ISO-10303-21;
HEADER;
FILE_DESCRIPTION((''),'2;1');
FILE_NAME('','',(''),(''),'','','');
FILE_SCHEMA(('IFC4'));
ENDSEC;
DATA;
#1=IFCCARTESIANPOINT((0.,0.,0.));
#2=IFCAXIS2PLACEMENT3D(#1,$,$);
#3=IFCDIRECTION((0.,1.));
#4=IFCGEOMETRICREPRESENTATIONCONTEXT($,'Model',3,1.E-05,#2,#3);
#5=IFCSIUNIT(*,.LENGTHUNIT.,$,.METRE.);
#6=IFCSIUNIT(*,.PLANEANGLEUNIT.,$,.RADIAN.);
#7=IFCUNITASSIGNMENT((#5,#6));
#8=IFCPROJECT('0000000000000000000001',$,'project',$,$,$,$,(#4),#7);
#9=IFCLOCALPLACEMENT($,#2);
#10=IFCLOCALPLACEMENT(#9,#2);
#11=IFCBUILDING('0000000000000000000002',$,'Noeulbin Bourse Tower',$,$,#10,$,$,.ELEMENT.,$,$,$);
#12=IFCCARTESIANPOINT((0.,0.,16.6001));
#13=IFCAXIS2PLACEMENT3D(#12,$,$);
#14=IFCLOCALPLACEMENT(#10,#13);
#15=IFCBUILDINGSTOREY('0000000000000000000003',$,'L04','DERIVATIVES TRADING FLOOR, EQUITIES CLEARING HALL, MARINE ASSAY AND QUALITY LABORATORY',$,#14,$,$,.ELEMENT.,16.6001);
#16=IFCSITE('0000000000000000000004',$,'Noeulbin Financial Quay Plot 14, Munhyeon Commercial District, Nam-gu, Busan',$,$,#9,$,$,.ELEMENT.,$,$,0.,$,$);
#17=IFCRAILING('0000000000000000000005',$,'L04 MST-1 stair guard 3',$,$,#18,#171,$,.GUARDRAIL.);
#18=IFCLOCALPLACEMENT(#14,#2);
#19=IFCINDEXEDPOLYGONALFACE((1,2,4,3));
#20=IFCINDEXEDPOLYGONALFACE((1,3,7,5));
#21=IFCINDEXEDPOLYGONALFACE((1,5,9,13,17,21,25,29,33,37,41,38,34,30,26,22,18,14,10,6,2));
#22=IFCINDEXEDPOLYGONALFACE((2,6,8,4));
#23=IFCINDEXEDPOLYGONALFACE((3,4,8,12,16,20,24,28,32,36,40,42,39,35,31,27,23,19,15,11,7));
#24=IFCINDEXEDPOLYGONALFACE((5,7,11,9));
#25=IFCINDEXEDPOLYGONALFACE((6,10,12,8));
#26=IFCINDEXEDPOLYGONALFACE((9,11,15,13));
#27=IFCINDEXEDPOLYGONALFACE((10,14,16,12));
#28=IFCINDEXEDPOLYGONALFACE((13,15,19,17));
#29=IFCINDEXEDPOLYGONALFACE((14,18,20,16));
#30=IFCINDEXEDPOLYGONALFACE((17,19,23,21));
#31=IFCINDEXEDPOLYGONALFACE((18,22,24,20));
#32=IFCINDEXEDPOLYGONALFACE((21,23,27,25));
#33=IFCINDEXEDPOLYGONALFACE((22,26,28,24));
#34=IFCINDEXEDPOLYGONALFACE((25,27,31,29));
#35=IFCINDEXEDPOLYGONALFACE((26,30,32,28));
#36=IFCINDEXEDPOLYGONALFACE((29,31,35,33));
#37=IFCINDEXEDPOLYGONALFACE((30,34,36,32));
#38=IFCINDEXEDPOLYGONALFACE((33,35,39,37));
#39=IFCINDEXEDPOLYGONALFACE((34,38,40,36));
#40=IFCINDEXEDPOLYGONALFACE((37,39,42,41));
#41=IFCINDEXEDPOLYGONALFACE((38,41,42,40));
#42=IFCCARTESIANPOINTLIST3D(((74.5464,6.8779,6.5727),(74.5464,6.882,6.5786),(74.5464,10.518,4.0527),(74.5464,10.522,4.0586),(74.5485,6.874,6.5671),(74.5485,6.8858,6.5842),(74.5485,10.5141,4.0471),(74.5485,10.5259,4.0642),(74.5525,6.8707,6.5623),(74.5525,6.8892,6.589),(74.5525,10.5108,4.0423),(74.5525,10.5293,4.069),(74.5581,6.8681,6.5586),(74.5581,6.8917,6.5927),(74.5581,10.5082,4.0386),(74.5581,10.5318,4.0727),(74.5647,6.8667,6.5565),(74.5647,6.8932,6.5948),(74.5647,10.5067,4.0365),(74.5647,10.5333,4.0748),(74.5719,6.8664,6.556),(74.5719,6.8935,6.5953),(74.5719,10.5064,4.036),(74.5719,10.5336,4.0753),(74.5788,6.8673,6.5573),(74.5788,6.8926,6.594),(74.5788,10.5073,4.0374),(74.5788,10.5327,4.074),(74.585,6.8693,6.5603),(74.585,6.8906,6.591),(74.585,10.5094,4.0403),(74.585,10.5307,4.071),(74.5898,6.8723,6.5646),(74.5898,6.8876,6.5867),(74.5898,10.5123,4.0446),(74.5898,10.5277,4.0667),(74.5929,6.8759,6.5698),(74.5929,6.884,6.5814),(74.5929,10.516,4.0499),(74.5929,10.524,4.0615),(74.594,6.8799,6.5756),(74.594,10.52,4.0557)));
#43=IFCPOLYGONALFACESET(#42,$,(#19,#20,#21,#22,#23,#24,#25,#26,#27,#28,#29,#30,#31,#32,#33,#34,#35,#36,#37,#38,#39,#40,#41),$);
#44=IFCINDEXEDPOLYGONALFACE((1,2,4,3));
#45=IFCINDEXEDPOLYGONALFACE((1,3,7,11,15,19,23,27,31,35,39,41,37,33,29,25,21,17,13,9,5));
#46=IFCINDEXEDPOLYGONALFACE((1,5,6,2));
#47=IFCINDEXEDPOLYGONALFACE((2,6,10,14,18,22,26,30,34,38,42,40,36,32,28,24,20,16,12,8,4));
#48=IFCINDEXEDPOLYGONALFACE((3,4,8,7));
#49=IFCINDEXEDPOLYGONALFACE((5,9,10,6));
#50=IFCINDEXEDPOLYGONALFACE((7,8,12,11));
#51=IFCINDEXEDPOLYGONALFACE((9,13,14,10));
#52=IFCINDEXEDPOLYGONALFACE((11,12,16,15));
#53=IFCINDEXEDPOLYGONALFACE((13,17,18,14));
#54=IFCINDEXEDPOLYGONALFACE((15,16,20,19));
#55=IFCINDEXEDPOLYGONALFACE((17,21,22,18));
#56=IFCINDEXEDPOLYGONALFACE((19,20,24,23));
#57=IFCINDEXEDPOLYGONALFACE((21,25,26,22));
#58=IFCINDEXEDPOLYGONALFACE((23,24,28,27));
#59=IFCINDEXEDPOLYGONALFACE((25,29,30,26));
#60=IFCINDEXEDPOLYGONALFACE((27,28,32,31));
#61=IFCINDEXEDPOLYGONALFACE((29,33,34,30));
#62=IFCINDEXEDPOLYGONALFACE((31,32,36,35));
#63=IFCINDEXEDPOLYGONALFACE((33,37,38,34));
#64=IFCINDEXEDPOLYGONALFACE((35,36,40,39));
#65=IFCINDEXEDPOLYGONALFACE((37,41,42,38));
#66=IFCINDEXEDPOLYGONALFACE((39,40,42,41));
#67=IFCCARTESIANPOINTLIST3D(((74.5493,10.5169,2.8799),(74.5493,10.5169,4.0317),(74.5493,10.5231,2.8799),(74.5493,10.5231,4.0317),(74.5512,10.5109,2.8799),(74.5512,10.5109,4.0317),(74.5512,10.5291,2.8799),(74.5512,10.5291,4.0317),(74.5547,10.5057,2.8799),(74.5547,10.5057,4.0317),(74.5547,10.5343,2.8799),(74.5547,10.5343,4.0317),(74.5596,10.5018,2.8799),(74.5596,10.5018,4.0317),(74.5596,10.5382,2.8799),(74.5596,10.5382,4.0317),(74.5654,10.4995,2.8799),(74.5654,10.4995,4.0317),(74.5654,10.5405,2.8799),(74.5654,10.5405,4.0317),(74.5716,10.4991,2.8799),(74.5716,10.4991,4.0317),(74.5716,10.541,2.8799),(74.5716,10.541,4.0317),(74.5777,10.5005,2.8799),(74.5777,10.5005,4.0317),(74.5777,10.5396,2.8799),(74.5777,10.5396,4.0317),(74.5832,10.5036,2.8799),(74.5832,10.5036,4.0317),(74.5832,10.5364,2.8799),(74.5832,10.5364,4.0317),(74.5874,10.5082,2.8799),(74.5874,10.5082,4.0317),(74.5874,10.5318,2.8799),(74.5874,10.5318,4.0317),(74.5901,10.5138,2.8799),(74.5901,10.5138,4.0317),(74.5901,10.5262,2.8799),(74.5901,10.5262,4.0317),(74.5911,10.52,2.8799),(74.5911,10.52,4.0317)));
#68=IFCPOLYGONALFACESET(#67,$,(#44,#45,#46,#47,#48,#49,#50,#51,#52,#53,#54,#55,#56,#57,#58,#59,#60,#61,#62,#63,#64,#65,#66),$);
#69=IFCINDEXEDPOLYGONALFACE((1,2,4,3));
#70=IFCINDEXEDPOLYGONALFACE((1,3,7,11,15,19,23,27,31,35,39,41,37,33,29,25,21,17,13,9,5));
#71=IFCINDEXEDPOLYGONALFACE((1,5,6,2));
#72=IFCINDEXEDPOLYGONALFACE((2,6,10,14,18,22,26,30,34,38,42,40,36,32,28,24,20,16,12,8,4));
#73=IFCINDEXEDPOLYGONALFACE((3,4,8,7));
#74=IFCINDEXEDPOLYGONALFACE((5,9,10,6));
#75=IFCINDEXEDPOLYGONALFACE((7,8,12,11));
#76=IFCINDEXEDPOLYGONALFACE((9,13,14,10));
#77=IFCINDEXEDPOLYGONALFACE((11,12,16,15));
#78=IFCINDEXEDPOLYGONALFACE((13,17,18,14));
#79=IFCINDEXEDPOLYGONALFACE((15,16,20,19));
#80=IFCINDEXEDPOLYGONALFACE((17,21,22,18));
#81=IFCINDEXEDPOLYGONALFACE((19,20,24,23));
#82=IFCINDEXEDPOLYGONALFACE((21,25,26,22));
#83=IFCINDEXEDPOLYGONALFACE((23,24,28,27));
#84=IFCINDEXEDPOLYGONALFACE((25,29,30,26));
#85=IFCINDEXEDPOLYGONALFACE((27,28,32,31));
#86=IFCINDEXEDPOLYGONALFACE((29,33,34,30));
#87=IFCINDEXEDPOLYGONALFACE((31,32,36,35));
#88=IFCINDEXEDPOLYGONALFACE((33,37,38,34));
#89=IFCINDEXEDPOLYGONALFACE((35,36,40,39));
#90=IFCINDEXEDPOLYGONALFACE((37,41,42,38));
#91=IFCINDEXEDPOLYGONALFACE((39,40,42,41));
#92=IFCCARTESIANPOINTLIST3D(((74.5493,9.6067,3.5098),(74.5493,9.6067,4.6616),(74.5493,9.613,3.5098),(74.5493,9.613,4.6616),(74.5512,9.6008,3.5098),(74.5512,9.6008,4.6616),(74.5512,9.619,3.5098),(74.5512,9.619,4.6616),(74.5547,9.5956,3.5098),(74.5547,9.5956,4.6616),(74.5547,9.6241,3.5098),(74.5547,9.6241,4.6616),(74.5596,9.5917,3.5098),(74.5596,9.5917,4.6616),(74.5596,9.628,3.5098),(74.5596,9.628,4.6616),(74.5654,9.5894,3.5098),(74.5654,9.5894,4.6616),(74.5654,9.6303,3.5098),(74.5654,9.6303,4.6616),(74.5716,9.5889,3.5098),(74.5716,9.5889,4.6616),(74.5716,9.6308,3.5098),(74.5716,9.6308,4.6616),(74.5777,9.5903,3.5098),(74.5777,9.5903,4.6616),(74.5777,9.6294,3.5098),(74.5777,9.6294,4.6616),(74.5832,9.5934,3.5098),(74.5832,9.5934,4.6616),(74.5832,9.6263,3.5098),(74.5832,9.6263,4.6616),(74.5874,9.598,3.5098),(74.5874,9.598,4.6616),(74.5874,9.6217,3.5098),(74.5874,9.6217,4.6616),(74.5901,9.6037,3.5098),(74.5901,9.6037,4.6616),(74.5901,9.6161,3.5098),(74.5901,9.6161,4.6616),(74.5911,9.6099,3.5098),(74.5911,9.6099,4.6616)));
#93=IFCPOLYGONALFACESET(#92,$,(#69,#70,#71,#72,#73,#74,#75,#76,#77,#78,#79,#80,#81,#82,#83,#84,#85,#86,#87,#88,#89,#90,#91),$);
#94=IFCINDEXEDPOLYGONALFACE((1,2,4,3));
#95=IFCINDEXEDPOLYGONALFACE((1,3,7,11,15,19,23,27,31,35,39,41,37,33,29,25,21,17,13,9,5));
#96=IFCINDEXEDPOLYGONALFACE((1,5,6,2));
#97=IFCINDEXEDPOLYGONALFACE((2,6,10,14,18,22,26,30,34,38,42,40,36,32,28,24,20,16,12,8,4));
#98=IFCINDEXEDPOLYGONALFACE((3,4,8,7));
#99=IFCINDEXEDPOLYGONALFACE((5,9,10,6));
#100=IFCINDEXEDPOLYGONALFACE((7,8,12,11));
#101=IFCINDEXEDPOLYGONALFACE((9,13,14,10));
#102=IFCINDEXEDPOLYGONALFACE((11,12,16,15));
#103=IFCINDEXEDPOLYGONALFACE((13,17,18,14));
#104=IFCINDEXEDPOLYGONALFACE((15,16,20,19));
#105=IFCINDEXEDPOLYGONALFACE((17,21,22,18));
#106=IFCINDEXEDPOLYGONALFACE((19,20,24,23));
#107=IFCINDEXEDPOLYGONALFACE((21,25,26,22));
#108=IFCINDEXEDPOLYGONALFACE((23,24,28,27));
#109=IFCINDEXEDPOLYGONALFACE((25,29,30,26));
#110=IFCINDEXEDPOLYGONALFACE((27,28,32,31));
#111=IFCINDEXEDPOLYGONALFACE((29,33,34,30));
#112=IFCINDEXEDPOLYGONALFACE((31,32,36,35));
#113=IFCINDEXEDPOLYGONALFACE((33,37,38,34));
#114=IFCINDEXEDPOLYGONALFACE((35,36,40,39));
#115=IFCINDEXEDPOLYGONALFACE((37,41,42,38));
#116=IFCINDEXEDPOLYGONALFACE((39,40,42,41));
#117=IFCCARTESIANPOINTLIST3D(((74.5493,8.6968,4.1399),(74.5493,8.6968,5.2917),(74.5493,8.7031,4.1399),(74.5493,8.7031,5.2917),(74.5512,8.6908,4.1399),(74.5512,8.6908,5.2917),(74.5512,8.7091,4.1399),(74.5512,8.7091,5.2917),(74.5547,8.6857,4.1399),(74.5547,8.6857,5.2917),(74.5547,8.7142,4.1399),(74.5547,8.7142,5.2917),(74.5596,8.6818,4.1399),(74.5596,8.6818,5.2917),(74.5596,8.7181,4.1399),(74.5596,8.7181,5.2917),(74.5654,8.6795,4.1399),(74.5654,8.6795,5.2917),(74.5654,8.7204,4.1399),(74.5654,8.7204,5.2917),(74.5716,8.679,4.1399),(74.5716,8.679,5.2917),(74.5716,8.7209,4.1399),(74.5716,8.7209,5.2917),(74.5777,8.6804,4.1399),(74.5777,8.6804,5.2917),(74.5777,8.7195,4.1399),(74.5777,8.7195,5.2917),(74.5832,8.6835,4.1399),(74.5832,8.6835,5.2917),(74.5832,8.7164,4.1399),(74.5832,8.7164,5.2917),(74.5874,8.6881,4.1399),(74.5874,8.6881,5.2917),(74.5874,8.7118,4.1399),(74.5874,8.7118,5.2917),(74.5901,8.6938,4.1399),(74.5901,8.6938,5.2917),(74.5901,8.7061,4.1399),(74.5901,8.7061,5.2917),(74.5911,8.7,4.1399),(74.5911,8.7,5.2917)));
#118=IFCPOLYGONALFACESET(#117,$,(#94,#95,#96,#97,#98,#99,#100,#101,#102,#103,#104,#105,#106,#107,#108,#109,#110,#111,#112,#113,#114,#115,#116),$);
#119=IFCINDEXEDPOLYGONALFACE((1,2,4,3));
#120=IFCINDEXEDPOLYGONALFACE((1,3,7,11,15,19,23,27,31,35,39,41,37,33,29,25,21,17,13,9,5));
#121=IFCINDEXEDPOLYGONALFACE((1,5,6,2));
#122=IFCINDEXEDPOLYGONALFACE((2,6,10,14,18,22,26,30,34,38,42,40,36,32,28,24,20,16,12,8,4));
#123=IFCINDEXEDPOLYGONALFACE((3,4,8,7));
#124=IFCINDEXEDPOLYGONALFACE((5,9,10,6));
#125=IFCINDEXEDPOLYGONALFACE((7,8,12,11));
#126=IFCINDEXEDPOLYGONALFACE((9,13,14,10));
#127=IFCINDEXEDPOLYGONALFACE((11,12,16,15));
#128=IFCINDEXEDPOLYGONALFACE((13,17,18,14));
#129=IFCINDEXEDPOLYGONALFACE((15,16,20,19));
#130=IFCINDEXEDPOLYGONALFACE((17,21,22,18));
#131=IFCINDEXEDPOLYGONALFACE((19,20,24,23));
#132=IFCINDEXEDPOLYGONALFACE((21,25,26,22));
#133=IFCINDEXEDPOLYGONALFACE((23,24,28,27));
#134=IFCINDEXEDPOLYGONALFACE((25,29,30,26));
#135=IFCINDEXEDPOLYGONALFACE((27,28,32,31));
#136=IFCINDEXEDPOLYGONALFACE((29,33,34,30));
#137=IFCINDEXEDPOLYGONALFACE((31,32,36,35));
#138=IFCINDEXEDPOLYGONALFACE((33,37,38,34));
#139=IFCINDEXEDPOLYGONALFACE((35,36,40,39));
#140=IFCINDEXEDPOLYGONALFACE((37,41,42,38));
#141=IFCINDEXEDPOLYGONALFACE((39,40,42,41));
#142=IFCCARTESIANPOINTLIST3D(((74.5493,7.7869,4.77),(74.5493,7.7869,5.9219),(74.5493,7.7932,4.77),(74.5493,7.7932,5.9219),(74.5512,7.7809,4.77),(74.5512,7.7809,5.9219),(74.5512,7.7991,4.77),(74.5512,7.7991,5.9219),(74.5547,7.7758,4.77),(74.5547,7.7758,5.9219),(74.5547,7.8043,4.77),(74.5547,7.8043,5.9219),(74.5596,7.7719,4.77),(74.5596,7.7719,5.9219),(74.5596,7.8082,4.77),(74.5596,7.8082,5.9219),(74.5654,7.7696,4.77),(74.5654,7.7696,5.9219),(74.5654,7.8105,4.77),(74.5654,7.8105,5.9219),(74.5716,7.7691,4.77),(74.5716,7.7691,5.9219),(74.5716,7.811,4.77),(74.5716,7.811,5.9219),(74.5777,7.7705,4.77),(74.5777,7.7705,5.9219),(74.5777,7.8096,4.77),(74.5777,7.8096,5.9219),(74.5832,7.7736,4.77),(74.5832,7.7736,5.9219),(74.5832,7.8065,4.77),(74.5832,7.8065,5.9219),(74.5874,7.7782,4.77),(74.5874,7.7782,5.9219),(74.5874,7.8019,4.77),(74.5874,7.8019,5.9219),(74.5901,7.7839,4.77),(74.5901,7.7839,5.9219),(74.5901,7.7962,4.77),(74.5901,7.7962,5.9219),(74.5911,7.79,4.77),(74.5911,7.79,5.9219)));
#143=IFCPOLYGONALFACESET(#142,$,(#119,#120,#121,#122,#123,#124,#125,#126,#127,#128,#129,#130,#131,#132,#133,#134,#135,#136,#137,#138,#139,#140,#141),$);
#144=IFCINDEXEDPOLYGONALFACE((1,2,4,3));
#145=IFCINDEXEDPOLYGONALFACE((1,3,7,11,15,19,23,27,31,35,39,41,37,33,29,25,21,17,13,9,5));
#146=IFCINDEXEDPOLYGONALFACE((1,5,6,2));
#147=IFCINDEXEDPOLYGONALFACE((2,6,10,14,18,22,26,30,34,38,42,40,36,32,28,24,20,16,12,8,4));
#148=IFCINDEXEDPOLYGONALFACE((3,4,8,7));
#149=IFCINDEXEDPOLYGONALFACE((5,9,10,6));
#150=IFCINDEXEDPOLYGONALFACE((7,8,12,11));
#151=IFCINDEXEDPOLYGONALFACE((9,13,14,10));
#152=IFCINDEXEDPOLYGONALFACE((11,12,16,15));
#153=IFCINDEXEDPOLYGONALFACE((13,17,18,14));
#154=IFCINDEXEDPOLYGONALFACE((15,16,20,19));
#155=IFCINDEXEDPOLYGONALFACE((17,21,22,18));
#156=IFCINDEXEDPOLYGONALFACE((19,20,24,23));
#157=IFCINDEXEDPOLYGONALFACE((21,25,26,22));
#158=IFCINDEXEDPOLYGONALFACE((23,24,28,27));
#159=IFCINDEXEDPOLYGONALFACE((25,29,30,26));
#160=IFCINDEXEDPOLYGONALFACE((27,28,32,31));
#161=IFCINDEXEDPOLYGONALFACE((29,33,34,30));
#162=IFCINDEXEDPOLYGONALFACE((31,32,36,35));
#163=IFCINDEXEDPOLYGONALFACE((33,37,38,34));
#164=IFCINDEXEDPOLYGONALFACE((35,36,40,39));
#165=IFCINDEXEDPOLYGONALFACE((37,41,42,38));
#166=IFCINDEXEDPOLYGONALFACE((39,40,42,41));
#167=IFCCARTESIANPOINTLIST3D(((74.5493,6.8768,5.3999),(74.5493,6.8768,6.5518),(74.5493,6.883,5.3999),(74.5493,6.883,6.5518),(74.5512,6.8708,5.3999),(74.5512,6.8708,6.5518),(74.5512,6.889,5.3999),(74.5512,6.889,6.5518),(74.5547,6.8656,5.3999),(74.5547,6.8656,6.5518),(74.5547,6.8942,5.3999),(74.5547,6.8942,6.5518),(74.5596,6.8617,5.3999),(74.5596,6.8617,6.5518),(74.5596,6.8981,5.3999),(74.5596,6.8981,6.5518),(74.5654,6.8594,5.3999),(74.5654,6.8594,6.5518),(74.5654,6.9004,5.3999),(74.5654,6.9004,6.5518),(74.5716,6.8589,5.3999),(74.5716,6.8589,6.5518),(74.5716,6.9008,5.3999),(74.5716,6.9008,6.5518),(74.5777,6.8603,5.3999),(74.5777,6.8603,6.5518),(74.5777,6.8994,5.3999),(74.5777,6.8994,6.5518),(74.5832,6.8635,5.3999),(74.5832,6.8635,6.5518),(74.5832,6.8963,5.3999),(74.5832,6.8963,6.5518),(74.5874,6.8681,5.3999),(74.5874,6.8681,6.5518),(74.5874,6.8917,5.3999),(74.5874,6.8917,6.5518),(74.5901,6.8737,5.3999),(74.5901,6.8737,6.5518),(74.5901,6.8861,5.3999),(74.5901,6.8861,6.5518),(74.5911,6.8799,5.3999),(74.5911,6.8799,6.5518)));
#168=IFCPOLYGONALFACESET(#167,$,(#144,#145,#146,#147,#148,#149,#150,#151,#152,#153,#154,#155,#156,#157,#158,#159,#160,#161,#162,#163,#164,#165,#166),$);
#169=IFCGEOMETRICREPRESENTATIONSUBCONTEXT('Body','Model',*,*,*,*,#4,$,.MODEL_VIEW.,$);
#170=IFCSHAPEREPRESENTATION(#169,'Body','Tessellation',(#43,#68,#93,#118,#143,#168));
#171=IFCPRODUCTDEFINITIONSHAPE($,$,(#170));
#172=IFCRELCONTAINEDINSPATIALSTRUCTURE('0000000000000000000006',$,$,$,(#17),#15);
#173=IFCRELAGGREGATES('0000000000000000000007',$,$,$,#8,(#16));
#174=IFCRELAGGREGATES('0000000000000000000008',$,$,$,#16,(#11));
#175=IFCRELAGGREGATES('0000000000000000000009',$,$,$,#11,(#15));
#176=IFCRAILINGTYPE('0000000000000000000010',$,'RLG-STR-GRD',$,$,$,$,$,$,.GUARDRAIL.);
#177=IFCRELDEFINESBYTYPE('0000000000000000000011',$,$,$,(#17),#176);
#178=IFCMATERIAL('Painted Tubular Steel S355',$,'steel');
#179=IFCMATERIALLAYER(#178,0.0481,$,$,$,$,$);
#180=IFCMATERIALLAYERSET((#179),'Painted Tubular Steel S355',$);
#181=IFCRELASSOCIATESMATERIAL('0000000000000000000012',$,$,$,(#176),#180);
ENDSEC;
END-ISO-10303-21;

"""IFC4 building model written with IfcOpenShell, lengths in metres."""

from ifc_helpers import new_model, si_unit, direction, frame, origin, origin_2d, place, context, subcontext, project, spatial, circle, extrude, material, layer, layer_set, type_object, element, save


model = new_model("IFC4")

# Units and contexts
model_context = context("Model", 3, precision=1e-05, world=origin(), true_north=direction((0.0, 1.0)))
body_context = subcontext(model_context, "Body", "Model", "MODEL_VIEW")
ifc_project = project(units=[si_unit("LENGTHUNIT", "METRE"), si_unit("PLANEANGLEUNIT", "RADIAN")], contexts=[model_context])

# Site, building, storey
site_placement = place(None, origin())
site = spatial("IfcSite", under=ifc_project, at=site_placement, Name="Noeulbin Financial Quay Plot 14, Munhyeon Commercial District, Nam-gu, Busan", CompositionType="ELEMENT", RefElevation=0.0)
building_placement = place(site_placement, origin())
building = spatial("IfcBuilding", under=site, at=building_placement, Name="Noeulbin Bourse Tower", CompositionType="ELEMENT")
storey_placement = place(building_placement, frame((0.0, 0.0, 16.6001)))
storey = spatial("IfcBuildingStorey", under=building, at=storey_placement, Name="L04", Description="DERIVATIVES TRADING FLOOR, EQUITIES CLEARING HALL, MARINE ASSAY AND QUALITY LABORATORY", CompositionType="ELEMENT", Elevation=16.6001)

# Railing
ifc_material_1 = material(Name="Painted Tubular Steel S355", Category="steel")
ifc_layer_1 = layer(ifc_material_1, 0.0481)
ifc_layer_set_1 = layer_set([ifc_layer_1], Name="Painted Tubular Steel S355")
railing_type_1 = type_object("IfcRailingType", Name="RLG-STR-GRD", PredefinedType="GUARDRAIL", material=ifc_layer_set_1)
railing_1_placement = place(storey_placement, frame((74.5701, 10.52, 2.8799)))
element("IfcRailing", 1, at=railing_1_placement, inside=storey, type_object=railing_type_1, Name="L04 MST-1 stair guard 3", PredefinedType="GUARDRAIL", context=body_context, shape_type="SweptSolid", body=[
    extrude(circle(Radius=0.0239, at=origin_2d()), frame((0.0, 0.0, 1.1758), z_axis=(0.0, -0.8222, 0.569199), x_axis=(1.0, 0.0, 0.0)), (0.0, 0.0, 1.0), 4.4272),
    extrude(circle(Radius=0.021, at=origin_2d()), origin(), (0.0, 0.0, 1.0), 1.1519),
    extrude(circle(Radius=0.021, at=origin_2d()), frame((0.0, -0.9102, 0.6299)), (0.0, 0.0, 1.0), 1.1519),
    extrude(circle(Radius=0.021, at=origin_2d()), frame((0.0, -1.8201, 1.26)), (0.0, 0.0, 1.0), 1.1519),
    extrude(circle(Radius=0.021, at=origin_2d()), frame((0.0, -2.73, 1.8901)), (0.0, 0.0, 1.0), 1.1519),
    extrude(circle(Radius=0.021, at=origin_2d()), frame((0.0, -3.6401, 2.52)), (0.0, 0.0, 1.0), 1.1519),
])

save(model, "model.ifc")
